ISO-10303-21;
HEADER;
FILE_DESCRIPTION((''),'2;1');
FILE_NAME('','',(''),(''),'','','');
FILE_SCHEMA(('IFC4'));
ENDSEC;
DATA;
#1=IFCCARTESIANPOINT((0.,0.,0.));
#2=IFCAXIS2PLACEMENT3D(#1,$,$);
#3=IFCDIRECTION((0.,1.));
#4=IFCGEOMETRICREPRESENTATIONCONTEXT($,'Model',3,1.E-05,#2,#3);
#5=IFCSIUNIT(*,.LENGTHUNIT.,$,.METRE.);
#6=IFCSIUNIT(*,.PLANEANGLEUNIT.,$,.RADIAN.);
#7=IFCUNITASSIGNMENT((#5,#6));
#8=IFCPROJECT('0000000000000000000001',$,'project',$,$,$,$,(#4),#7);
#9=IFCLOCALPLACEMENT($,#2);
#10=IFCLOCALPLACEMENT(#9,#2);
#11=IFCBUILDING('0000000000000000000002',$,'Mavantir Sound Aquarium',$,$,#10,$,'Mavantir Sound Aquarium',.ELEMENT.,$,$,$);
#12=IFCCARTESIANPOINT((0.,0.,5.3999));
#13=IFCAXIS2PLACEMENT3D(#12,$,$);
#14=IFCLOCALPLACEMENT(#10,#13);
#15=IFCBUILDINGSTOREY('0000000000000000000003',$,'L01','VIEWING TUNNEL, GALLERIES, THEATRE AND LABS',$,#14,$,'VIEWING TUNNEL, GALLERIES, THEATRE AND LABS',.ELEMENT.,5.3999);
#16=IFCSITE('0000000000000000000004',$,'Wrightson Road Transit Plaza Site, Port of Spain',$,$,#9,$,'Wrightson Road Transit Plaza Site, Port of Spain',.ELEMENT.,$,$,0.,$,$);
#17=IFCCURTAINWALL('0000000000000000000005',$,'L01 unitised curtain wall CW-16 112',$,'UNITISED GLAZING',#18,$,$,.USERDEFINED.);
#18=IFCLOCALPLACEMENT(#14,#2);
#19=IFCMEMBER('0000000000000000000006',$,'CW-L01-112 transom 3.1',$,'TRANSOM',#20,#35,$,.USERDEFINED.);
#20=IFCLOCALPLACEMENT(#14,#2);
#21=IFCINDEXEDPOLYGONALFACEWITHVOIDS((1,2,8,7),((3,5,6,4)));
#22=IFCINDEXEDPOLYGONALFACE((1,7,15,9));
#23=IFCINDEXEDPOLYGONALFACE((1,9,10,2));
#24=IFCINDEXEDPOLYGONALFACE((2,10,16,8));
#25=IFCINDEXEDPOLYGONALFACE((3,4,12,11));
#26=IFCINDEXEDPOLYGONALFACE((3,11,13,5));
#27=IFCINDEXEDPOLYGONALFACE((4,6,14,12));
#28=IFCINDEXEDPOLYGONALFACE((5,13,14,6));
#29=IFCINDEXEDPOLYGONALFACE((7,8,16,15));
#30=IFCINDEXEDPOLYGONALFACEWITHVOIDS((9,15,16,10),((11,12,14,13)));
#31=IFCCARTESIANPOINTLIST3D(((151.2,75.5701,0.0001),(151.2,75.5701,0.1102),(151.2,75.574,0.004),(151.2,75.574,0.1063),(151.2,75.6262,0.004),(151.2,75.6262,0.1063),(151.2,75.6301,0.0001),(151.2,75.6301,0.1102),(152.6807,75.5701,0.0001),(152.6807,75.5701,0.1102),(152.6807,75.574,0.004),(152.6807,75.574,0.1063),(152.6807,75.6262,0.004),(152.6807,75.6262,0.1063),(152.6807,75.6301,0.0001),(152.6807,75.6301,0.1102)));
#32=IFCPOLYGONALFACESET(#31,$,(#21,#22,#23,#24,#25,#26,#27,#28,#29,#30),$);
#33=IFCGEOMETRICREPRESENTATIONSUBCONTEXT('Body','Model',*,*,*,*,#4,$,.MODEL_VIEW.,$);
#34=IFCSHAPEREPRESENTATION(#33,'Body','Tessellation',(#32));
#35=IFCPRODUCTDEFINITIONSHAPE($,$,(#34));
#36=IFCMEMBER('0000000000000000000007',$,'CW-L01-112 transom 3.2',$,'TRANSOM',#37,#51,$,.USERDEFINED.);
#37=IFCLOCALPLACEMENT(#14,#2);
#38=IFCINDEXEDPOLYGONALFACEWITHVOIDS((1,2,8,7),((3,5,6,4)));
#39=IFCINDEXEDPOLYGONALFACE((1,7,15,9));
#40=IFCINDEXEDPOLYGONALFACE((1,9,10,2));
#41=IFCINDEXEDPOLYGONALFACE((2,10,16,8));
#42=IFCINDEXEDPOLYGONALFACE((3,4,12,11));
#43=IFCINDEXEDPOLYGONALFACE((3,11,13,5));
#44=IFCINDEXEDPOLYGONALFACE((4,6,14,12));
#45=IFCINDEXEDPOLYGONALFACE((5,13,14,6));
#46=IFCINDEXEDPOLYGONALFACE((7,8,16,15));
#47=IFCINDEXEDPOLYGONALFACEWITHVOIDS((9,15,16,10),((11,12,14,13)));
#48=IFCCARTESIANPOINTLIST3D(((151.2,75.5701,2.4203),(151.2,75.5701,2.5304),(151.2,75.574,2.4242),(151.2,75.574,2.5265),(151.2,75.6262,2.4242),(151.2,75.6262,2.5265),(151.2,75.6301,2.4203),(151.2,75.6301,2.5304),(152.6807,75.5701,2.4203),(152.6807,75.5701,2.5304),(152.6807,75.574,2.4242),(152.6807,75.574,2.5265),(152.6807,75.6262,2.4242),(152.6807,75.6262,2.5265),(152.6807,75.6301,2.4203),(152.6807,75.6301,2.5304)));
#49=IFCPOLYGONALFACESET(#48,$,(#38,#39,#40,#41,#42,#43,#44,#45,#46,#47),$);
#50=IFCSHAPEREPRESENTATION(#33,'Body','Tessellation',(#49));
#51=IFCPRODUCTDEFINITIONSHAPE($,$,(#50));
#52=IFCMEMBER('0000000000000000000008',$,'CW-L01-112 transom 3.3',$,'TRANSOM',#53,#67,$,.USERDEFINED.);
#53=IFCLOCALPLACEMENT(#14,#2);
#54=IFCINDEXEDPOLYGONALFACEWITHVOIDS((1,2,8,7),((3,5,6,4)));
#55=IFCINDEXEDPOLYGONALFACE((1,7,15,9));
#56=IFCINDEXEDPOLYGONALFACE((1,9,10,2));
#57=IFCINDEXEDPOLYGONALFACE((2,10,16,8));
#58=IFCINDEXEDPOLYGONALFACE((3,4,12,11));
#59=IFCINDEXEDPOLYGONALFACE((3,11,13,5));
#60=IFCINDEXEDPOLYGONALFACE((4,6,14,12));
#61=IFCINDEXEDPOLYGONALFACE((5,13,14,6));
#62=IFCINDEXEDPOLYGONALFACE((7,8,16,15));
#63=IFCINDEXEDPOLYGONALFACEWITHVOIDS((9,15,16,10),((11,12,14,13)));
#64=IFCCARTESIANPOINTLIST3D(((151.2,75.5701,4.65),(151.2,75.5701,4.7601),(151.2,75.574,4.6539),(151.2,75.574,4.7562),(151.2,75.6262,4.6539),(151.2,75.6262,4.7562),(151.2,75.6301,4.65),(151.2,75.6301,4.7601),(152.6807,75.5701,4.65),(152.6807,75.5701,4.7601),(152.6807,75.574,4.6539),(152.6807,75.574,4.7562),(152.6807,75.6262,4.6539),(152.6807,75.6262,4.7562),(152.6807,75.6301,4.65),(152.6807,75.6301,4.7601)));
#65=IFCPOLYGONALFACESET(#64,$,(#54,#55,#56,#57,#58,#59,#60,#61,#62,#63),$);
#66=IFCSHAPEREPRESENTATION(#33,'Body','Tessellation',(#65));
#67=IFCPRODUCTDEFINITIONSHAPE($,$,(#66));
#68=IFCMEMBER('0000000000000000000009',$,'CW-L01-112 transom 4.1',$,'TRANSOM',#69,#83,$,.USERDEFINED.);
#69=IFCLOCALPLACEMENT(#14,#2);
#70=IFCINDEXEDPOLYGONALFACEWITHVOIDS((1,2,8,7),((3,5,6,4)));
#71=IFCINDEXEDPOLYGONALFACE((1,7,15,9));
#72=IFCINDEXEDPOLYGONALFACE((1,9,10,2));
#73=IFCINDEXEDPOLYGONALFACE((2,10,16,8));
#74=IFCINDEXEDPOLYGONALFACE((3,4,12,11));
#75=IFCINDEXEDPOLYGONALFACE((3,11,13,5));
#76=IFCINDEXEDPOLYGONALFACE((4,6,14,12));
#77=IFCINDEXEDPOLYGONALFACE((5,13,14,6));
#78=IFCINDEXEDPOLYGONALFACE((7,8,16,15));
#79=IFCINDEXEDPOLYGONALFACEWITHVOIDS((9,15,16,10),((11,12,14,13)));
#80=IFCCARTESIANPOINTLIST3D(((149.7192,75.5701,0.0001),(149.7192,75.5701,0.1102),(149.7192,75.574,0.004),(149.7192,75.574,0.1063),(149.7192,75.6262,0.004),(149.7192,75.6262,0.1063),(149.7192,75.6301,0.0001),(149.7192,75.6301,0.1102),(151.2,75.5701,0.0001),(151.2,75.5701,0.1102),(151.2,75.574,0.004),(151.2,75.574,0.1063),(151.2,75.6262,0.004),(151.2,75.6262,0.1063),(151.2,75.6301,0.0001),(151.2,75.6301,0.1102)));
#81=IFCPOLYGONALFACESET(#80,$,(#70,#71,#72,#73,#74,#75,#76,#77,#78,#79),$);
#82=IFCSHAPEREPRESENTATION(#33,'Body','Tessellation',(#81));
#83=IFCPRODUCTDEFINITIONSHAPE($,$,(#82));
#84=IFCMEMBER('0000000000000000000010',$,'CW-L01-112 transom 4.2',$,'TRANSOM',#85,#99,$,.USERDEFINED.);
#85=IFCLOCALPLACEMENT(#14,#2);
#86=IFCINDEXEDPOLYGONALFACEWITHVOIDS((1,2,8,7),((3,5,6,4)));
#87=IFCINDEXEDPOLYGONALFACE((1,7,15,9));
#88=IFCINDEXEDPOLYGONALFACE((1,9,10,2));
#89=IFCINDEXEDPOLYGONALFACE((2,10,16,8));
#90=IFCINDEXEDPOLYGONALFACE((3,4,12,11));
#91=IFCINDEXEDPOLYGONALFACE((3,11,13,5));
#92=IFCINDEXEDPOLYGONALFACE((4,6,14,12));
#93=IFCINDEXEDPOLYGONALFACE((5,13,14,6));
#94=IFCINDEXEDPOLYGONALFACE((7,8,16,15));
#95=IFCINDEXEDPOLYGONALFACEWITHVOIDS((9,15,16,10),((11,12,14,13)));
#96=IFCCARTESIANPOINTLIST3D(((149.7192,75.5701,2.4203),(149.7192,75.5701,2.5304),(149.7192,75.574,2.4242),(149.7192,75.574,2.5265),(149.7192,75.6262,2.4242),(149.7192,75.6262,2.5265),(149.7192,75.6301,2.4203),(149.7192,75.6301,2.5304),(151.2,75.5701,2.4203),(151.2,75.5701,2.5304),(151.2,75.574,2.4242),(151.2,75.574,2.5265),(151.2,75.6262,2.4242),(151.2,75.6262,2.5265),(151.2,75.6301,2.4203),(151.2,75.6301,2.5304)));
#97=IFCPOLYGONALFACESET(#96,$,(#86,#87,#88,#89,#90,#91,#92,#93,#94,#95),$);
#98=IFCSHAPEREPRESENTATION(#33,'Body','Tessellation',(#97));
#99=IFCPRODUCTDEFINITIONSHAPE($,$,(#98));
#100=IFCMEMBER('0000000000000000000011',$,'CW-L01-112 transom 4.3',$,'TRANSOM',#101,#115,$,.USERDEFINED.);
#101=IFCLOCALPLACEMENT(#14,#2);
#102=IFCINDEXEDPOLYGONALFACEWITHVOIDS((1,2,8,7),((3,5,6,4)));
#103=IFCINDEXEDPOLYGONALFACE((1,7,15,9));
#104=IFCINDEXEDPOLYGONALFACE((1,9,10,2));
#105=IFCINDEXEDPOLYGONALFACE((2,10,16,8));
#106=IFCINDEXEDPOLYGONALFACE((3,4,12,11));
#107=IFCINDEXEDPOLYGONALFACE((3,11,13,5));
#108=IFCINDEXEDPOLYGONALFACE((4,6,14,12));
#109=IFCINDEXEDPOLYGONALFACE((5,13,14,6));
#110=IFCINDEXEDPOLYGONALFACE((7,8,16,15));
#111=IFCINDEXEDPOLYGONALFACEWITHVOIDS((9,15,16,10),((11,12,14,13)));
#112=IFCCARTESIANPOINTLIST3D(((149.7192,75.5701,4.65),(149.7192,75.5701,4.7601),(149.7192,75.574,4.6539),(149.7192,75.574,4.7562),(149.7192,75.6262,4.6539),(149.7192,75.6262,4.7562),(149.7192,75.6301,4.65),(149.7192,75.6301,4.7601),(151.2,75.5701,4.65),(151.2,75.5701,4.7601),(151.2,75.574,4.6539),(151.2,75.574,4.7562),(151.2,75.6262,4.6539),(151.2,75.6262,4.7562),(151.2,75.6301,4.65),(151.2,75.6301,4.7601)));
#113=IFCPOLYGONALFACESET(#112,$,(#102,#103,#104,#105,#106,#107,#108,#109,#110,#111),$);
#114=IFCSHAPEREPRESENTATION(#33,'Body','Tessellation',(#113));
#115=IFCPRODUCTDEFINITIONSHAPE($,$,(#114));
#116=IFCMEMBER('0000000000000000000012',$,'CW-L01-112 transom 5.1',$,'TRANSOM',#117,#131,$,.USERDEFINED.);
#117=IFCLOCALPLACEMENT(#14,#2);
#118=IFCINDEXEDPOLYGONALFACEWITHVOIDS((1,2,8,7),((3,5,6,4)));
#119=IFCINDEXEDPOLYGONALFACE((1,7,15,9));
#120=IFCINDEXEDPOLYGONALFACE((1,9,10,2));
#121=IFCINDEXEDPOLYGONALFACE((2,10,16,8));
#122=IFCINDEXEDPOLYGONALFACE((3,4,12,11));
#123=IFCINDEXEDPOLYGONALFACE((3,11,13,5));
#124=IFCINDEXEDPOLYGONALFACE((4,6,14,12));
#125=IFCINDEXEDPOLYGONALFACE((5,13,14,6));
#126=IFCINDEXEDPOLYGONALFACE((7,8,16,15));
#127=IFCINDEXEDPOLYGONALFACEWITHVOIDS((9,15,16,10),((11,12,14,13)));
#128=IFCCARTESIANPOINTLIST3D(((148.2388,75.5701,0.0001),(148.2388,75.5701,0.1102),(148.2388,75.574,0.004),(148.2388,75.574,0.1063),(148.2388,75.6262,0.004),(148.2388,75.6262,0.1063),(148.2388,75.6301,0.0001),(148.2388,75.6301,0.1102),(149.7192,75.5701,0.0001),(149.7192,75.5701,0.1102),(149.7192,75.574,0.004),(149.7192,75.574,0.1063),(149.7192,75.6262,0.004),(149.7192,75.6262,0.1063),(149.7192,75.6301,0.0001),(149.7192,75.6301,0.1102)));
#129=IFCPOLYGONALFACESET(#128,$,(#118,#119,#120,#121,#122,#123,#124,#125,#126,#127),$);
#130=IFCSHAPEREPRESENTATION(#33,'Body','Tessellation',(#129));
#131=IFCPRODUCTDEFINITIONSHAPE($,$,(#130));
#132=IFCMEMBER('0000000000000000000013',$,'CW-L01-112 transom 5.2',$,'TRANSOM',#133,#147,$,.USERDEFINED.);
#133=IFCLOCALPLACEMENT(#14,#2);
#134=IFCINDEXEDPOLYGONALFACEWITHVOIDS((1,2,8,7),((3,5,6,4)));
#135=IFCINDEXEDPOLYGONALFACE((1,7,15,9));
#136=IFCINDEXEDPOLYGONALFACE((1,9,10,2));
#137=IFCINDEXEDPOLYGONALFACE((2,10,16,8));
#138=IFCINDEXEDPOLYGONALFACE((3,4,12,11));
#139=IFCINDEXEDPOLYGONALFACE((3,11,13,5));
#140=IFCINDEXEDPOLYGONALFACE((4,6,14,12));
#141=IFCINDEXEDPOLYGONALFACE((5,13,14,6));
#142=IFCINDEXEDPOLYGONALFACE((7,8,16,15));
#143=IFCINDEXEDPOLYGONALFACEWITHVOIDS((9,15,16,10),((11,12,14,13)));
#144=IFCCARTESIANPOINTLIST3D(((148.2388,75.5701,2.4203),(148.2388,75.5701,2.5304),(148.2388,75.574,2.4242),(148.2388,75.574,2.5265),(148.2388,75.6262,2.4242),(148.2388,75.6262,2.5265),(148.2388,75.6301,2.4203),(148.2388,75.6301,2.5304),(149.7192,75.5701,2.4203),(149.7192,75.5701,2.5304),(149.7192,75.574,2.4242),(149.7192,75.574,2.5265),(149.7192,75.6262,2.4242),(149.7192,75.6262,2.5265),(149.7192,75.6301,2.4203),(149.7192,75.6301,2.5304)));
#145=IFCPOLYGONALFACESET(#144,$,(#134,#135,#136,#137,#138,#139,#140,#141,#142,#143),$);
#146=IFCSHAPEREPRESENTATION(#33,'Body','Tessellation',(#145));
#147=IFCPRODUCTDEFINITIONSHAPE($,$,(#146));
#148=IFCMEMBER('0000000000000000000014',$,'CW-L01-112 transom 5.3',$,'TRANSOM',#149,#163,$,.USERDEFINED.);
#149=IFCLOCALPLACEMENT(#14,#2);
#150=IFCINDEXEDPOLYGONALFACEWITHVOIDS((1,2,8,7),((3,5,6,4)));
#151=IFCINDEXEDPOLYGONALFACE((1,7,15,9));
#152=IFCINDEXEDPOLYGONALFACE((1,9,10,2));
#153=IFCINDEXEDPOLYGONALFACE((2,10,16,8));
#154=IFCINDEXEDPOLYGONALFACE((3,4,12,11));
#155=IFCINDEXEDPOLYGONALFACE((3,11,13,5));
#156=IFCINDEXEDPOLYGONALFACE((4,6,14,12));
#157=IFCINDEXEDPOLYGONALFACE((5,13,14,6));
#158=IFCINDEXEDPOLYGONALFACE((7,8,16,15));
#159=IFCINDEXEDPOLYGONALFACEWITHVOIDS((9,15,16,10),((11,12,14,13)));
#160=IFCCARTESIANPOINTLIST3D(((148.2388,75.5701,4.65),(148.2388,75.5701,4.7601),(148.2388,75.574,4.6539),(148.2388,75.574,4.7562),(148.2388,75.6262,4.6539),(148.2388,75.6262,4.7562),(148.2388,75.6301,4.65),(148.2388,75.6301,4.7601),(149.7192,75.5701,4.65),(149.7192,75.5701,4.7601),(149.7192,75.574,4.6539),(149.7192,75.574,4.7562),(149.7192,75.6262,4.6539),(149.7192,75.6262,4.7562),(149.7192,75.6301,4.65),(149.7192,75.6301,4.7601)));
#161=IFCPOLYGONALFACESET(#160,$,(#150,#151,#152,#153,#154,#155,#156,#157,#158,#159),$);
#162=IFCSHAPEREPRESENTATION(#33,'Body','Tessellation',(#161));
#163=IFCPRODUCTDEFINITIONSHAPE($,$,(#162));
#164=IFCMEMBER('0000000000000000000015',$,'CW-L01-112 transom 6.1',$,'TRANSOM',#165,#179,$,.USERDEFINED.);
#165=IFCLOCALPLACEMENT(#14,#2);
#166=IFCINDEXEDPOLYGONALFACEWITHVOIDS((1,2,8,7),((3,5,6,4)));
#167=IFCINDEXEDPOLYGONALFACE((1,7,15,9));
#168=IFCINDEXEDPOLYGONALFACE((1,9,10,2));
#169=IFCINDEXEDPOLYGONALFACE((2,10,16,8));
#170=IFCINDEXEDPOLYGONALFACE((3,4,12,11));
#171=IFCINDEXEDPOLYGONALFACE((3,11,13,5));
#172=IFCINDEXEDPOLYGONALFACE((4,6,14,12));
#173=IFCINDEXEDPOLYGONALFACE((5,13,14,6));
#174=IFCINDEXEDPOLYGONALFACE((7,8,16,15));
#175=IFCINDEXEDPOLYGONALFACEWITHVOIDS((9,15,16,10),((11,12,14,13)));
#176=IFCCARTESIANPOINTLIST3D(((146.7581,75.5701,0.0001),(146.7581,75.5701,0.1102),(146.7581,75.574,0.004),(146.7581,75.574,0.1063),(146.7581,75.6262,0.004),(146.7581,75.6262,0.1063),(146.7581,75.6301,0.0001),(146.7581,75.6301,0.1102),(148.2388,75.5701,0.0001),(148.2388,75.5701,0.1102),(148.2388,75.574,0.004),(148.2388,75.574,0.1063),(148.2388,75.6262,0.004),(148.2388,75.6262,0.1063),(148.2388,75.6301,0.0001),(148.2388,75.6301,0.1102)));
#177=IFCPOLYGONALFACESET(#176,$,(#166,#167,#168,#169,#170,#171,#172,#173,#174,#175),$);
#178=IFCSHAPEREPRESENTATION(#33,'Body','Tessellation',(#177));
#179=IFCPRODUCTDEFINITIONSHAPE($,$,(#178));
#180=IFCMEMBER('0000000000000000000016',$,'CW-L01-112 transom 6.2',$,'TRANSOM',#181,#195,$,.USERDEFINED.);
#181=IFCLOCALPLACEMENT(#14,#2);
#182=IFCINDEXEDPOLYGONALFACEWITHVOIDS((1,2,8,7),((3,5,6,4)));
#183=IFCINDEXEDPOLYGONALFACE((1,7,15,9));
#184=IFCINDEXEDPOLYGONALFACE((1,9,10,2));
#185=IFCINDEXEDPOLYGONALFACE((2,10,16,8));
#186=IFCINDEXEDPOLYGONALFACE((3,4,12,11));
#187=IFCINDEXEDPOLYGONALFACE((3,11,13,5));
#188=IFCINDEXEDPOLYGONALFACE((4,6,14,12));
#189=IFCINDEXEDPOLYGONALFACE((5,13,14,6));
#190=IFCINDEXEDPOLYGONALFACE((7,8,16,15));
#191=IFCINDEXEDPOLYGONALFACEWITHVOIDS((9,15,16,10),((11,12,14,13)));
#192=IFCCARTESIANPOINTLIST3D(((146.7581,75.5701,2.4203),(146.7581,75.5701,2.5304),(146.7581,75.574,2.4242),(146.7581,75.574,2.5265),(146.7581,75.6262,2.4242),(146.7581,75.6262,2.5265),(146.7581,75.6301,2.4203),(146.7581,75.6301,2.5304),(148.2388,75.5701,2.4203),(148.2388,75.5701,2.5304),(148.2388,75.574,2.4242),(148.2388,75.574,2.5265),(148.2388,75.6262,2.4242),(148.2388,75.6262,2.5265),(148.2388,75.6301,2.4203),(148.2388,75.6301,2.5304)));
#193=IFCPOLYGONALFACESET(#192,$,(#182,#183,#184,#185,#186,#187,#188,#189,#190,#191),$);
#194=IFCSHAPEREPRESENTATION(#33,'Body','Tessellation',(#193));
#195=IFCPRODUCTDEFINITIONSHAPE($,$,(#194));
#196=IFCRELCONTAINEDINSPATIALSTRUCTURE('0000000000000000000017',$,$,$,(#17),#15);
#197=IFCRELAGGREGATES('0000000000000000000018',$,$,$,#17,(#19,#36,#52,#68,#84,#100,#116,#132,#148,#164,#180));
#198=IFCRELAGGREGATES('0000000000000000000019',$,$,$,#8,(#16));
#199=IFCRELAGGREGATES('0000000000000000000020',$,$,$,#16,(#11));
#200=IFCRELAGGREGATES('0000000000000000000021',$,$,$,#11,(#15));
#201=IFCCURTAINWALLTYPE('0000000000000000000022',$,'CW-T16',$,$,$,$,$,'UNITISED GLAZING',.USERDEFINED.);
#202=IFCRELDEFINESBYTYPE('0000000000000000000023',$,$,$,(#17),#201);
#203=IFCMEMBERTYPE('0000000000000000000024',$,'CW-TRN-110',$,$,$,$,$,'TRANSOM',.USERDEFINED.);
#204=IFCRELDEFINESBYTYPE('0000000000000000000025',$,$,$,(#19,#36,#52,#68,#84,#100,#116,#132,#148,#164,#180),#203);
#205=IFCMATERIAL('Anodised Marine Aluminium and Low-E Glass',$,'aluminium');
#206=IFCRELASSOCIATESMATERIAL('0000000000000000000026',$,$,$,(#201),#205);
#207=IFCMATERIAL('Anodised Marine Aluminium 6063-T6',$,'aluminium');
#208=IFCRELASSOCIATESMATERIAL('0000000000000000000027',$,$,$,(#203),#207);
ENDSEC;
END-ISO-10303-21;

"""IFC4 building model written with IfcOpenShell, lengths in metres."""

from ifc_helpers import new_model, si_unit, direction, frame, origin, origin_2d, place, context, subcontext, project, spatial, hollow_rectangle, extrude, material, material_profile, profile_set, type_object, element, aggregate, save


model = new_model("IFC4")

# Units and contexts
model_context = context("Model", 3, precision=1e-05, world=origin(), true_north=direction((0.0, 1.0)))
body_context = subcontext(model_context, "Body", "Model", "MODEL_VIEW")
ifc_project = project(units=[si_unit("LENGTHUNIT", "METRE"), si_unit("PLANEANGLEUNIT", "RADIAN")], contexts=[model_context])

# Site, building, storey
site_placement = place(None, origin())
site = spatial("IfcSite", under=ifc_project, at=site_placement, Name="Wrightson Road Transit Plaza Site, Port of Spain", LongName="Wrightson Road Transit Plaza Site, Port of Spain", CompositionType="ELEMENT", RefElevation=0.0)
building_placement = place(site_placement, origin())
building = spatial("IfcBuilding", under=site, at=building_placement, Name="Mavantir Sound Aquarium", LongName="Mavantir Sound Aquarium", CompositionType="ELEMENT")
storey_placement = place(building_placement, frame((0.0, 0.0, 5.3999)))
storey = spatial("IfcBuildingStorey", under=building, at=storey_placement, Name="L01", Description="VIEWING TUNNEL, GALLERIES, THEATRE AND LABS", LongName="VIEWING TUNNEL, GALLERIES, THEATRE AND LABS", CompositionType="ELEMENT", Elevation=5.3999)

# Curtain wall, members
ifc_material_1 = material(Name="Anodised Marine Aluminium and Low-E Glass", Category="aluminium")
curtain_wall_type = type_object("IfcCurtainWallType", Name="CW-T16", ElementType="UNITISED GLAZING", PredefinedType="USERDEFINED", material=ifc_material_1)
curtain_wall_placement = place(storey_placement, origin())
curtain_wall = element("IfcCurtainWall", 1, at=curtain_wall_placement, inside=storey, type_object=curtain_wall_type, Name="L01 unitised curtain wall CW-16 112", ObjectType="UNITISED GLAZING", PredefinedType="USERDEFINED")
ifc_material_2 = material(Name="Anodised Marine Aluminium 6063-T6", Category="aluminium")
ifc_material_profile_1 = material_profile(ifc_material_2, hollow_rectangle(XDim=0.0601, YDim=0.1101, WallThickness=0.0039, at=origin_2d()), Name="ALU-TRANSOM-110X60")
ifc_profile_set_1 = profile_set([ifc_material_profile_1], Name="Anodised Marine Aluminium 6063-T6")
member_type_1 = type_object("IfcMemberType", Name="CW-TRN-110", ElementType="TRANSOM", PredefinedType="USERDEFINED", material=ifc_profile_set_1)
member_1_placement = place(storey_placement, frame((152.6807, 75.6001, 0.0552), z_axis=(-1.0, 0.0, 0.0), x_axis=(0.0, -1.0, 0.0)))
member_1 = element("IfcMember", 2, at=member_1_placement, type_object=member_type_1, Name="CW-L01-112 transom 3.1", ObjectType="TRANSOM", PredefinedType="USERDEFINED", context=body_context, shape_type="SweptSolid", body=[
    extrude(hollow_rectangle(XDim=0.0601, YDim=0.1101, WallThickness=0.0039, at=origin_2d()), origin(), (0.0, 0.0, 1.0), 1.4807),
])
member_2_placement = place(storey_placement, frame((152.6807, 75.6001, 2.4753), z_axis=(-1.0, 0.0, 0.0), x_axis=(0.0, -1.0, 0.0)))
member_2 = element("IfcMember", 3, at=member_2_placement, type_object=member_type_1, Name="CW-L01-112 transom 3.2", ObjectType="TRANSOM", PredefinedType="USERDEFINED", context=body_context, shape_type="SweptSolid", body=[
    extrude(hollow_rectangle(XDim=0.0601, YDim=0.1101, WallThickness=0.0039, at=origin_2d()), origin(), (0.0, 0.0, 1.0), 1.4807),
])
member_3_placement = place(storey_placement, frame((152.6807, 75.6001, 4.7051), z_axis=(-1.0, 0.0, 0.0), x_axis=(0.0, -1.0, 0.0)))
member_3 = element("IfcMember", 4, at=member_3_placement, type_object=member_type_1, Name="CW-L01-112 transom 3.3", ObjectType="TRANSOM", PredefinedType="USERDEFINED", context=body_context, shape_type="SweptSolid", body=[
    extrude(hollow_rectangle(XDim=0.0601, YDim=0.1101, WallThickness=0.0039, at=origin_2d()), origin(), (0.0, 0.0, 1.0), 1.4807),
])
member_4_placement = place(storey_placement, frame((151.2, 75.6001, 0.0552), z_axis=(-1.0, 0.0, 0.0), x_axis=(0.0, -1.0, 0.0)))
member_4 = element("IfcMember", 5, at=member_4_placement, type_object=member_type_1, Name="CW-L01-112 transom 4.1", ObjectType="TRANSOM", PredefinedType="USERDEFINED", context=body_context, shape_type="SweptSolid", body=[
    extrude(hollow_rectangle(XDim=0.0601, YDim=0.1101, WallThickness=0.0039, at=origin_2d()), origin(), (0.0, 0.0, 1.0), 1.4807),
])
member_5_placement = place(storey_placement, frame((151.2, 75.6001, 2.4753), z_axis=(-1.0, 0.0, 0.0), x_axis=(0.0, -1.0, 0.0)))
member_5 = element("IfcMember", 6, at=member_5_placement, type_object=member_type_1, Name="CW-L01-112 transom 4.2", ObjectType="TRANSOM", PredefinedType="USERDEFINED", context=body_context, shape_type="SweptSolid", body=[
    extrude(hollow_rectangle(XDim=0.0601, YDim=0.1101, WallThickness=0.0039, at=origin_2d()), origin(), (0.0, 0.0, 1.0), 1.4807),
])
member_6_placement = place(storey_placement, frame((151.2, 75.6001, 4.7051), z_axis=(-1.0, 0.0, 0.0), x_axis=(0.0, -1.0, 0.0)))
member_6 = element("IfcMember", 7, at=member_6_placement, type_object=member_type_1, Name="CW-L01-112 transom 4.3", ObjectType="TRANSOM", PredefinedType="USERDEFINED", context=body_context, shape_type="SweptSolid", body=[
    extrude(hollow_rectangle(XDim=0.0601, YDim=0.1101, WallThickness=0.0039, at=origin_2d()), origin(), (0.0, 0.0, 1.0), 1.4807),
])
member_7_placement = place(storey_placement, frame((149.7192, 75.6001, 0.0552), z_axis=(-1.0, 0.0, 0.0), x_axis=(0.0, -1.0, 0.0)))
member_7 = element("IfcMember", 8, at=member_7_placement, type_object=member_type_1, Name="CW-L01-112 transom 5.1", ObjectType="TRANSOM", PredefinedType="USERDEFINED", context=body_context, shape_type="SweptSolid", body=[
    extrude(hollow_rectangle(XDim=0.0601, YDim=0.1101, WallThickness=0.0039, at=origin_2d()), origin(), (0.0, 0.0, 1.0), 1.4805),
])
member_8_placement = place(storey_placement, frame((149.7192, 75.6001, 2.4753), z_axis=(-1.0, 0.0, 0.0), x_axis=(0.0, -1.0, 0.0)))
member_8 = element("IfcMember", 9, at=member_8_placement, type_object=member_type_1, Name="CW-L01-112 transom 5.2", ObjectType="TRANSOM", PredefinedType="USERDEFINED", context=body_context, shape_type="SweptSolid", body=[
    extrude(hollow_rectangle(XDim=0.0601, YDim=0.1101, WallThickness=0.0039, at=origin_2d()), origin(), (0.0, 0.0, 1.0), 1.4805),
])
member_9_placement = place(storey_placement, frame((149.7192, 75.6001, 4.7051), z_axis=(-1.0, 0.0, 0.0), x_axis=(0.0, -1.0, 0.0)))
member_9 = element("IfcMember", 10, at=member_9_placement, type_object=member_type_1, Name="CW-L01-112 transom 5.3", ObjectType="TRANSOM", PredefinedType="USERDEFINED", context=body_context, shape_type="SweptSolid", body=[
    extrude(hollow_rectangle(XDim=0.0601, YDim=0.1101, WallThickness=0.0039, at=origin_2d()), origin(), (0.0, 0.0, 1.0), 1.4805),
])
member_10_placement = place(storey_placement, frame((148.2388, 75.6001, 0.0552), z_axis=(-1.0, 0.0, 0.0), x_axis=(0.0, -1.0, 0.0)))
member_10 = element("IfcMember", 11, at=member_10_placement, type_object=member_type_1, Name="CW-L01-112 transom 6.1", ObjectType="TRANSOM", PredefinedType="USERDEFINED", context=body_context, shape_type="SweptSolid", body=[
    extrude(hollow_rectangle(XDim=0.0601, YDim=0.1101, WallThickness=0.0039, at=origin_2d()), origin(), (0.0, 0.0, 1.0), 1.4807),
])
member_11_placement = place(storey_placement, frame((148.2388, 75.6001, 2.4753), z_axis=(-1.0, 0.0, 0.0), x_axis=(0.0, -1.0, 0.0)))
member_11 = element("IfcMember", 12, at=member_11_placement, type_object=member_type_1, Name="CW-L01-112 transom 6.2", ObjectType="TRANSOM", PredefinedType="USERDEFINED", context=body_context, shape_type="SweptSolid", body=[
    extrude(hollow_rectangle(XDim=0.0601, YDim=0.1101, WallThickness=0.0039, at=origin_2d()), origin(), (0.0, 0.0, 1.0), 1.4807),
])
aggregate(curtain_wall, [member_1, member_2, member_3, member_4, member_5, member_6, member_7, member_8, member_9, member_10, member_11])

save(model, "model.ifc")
